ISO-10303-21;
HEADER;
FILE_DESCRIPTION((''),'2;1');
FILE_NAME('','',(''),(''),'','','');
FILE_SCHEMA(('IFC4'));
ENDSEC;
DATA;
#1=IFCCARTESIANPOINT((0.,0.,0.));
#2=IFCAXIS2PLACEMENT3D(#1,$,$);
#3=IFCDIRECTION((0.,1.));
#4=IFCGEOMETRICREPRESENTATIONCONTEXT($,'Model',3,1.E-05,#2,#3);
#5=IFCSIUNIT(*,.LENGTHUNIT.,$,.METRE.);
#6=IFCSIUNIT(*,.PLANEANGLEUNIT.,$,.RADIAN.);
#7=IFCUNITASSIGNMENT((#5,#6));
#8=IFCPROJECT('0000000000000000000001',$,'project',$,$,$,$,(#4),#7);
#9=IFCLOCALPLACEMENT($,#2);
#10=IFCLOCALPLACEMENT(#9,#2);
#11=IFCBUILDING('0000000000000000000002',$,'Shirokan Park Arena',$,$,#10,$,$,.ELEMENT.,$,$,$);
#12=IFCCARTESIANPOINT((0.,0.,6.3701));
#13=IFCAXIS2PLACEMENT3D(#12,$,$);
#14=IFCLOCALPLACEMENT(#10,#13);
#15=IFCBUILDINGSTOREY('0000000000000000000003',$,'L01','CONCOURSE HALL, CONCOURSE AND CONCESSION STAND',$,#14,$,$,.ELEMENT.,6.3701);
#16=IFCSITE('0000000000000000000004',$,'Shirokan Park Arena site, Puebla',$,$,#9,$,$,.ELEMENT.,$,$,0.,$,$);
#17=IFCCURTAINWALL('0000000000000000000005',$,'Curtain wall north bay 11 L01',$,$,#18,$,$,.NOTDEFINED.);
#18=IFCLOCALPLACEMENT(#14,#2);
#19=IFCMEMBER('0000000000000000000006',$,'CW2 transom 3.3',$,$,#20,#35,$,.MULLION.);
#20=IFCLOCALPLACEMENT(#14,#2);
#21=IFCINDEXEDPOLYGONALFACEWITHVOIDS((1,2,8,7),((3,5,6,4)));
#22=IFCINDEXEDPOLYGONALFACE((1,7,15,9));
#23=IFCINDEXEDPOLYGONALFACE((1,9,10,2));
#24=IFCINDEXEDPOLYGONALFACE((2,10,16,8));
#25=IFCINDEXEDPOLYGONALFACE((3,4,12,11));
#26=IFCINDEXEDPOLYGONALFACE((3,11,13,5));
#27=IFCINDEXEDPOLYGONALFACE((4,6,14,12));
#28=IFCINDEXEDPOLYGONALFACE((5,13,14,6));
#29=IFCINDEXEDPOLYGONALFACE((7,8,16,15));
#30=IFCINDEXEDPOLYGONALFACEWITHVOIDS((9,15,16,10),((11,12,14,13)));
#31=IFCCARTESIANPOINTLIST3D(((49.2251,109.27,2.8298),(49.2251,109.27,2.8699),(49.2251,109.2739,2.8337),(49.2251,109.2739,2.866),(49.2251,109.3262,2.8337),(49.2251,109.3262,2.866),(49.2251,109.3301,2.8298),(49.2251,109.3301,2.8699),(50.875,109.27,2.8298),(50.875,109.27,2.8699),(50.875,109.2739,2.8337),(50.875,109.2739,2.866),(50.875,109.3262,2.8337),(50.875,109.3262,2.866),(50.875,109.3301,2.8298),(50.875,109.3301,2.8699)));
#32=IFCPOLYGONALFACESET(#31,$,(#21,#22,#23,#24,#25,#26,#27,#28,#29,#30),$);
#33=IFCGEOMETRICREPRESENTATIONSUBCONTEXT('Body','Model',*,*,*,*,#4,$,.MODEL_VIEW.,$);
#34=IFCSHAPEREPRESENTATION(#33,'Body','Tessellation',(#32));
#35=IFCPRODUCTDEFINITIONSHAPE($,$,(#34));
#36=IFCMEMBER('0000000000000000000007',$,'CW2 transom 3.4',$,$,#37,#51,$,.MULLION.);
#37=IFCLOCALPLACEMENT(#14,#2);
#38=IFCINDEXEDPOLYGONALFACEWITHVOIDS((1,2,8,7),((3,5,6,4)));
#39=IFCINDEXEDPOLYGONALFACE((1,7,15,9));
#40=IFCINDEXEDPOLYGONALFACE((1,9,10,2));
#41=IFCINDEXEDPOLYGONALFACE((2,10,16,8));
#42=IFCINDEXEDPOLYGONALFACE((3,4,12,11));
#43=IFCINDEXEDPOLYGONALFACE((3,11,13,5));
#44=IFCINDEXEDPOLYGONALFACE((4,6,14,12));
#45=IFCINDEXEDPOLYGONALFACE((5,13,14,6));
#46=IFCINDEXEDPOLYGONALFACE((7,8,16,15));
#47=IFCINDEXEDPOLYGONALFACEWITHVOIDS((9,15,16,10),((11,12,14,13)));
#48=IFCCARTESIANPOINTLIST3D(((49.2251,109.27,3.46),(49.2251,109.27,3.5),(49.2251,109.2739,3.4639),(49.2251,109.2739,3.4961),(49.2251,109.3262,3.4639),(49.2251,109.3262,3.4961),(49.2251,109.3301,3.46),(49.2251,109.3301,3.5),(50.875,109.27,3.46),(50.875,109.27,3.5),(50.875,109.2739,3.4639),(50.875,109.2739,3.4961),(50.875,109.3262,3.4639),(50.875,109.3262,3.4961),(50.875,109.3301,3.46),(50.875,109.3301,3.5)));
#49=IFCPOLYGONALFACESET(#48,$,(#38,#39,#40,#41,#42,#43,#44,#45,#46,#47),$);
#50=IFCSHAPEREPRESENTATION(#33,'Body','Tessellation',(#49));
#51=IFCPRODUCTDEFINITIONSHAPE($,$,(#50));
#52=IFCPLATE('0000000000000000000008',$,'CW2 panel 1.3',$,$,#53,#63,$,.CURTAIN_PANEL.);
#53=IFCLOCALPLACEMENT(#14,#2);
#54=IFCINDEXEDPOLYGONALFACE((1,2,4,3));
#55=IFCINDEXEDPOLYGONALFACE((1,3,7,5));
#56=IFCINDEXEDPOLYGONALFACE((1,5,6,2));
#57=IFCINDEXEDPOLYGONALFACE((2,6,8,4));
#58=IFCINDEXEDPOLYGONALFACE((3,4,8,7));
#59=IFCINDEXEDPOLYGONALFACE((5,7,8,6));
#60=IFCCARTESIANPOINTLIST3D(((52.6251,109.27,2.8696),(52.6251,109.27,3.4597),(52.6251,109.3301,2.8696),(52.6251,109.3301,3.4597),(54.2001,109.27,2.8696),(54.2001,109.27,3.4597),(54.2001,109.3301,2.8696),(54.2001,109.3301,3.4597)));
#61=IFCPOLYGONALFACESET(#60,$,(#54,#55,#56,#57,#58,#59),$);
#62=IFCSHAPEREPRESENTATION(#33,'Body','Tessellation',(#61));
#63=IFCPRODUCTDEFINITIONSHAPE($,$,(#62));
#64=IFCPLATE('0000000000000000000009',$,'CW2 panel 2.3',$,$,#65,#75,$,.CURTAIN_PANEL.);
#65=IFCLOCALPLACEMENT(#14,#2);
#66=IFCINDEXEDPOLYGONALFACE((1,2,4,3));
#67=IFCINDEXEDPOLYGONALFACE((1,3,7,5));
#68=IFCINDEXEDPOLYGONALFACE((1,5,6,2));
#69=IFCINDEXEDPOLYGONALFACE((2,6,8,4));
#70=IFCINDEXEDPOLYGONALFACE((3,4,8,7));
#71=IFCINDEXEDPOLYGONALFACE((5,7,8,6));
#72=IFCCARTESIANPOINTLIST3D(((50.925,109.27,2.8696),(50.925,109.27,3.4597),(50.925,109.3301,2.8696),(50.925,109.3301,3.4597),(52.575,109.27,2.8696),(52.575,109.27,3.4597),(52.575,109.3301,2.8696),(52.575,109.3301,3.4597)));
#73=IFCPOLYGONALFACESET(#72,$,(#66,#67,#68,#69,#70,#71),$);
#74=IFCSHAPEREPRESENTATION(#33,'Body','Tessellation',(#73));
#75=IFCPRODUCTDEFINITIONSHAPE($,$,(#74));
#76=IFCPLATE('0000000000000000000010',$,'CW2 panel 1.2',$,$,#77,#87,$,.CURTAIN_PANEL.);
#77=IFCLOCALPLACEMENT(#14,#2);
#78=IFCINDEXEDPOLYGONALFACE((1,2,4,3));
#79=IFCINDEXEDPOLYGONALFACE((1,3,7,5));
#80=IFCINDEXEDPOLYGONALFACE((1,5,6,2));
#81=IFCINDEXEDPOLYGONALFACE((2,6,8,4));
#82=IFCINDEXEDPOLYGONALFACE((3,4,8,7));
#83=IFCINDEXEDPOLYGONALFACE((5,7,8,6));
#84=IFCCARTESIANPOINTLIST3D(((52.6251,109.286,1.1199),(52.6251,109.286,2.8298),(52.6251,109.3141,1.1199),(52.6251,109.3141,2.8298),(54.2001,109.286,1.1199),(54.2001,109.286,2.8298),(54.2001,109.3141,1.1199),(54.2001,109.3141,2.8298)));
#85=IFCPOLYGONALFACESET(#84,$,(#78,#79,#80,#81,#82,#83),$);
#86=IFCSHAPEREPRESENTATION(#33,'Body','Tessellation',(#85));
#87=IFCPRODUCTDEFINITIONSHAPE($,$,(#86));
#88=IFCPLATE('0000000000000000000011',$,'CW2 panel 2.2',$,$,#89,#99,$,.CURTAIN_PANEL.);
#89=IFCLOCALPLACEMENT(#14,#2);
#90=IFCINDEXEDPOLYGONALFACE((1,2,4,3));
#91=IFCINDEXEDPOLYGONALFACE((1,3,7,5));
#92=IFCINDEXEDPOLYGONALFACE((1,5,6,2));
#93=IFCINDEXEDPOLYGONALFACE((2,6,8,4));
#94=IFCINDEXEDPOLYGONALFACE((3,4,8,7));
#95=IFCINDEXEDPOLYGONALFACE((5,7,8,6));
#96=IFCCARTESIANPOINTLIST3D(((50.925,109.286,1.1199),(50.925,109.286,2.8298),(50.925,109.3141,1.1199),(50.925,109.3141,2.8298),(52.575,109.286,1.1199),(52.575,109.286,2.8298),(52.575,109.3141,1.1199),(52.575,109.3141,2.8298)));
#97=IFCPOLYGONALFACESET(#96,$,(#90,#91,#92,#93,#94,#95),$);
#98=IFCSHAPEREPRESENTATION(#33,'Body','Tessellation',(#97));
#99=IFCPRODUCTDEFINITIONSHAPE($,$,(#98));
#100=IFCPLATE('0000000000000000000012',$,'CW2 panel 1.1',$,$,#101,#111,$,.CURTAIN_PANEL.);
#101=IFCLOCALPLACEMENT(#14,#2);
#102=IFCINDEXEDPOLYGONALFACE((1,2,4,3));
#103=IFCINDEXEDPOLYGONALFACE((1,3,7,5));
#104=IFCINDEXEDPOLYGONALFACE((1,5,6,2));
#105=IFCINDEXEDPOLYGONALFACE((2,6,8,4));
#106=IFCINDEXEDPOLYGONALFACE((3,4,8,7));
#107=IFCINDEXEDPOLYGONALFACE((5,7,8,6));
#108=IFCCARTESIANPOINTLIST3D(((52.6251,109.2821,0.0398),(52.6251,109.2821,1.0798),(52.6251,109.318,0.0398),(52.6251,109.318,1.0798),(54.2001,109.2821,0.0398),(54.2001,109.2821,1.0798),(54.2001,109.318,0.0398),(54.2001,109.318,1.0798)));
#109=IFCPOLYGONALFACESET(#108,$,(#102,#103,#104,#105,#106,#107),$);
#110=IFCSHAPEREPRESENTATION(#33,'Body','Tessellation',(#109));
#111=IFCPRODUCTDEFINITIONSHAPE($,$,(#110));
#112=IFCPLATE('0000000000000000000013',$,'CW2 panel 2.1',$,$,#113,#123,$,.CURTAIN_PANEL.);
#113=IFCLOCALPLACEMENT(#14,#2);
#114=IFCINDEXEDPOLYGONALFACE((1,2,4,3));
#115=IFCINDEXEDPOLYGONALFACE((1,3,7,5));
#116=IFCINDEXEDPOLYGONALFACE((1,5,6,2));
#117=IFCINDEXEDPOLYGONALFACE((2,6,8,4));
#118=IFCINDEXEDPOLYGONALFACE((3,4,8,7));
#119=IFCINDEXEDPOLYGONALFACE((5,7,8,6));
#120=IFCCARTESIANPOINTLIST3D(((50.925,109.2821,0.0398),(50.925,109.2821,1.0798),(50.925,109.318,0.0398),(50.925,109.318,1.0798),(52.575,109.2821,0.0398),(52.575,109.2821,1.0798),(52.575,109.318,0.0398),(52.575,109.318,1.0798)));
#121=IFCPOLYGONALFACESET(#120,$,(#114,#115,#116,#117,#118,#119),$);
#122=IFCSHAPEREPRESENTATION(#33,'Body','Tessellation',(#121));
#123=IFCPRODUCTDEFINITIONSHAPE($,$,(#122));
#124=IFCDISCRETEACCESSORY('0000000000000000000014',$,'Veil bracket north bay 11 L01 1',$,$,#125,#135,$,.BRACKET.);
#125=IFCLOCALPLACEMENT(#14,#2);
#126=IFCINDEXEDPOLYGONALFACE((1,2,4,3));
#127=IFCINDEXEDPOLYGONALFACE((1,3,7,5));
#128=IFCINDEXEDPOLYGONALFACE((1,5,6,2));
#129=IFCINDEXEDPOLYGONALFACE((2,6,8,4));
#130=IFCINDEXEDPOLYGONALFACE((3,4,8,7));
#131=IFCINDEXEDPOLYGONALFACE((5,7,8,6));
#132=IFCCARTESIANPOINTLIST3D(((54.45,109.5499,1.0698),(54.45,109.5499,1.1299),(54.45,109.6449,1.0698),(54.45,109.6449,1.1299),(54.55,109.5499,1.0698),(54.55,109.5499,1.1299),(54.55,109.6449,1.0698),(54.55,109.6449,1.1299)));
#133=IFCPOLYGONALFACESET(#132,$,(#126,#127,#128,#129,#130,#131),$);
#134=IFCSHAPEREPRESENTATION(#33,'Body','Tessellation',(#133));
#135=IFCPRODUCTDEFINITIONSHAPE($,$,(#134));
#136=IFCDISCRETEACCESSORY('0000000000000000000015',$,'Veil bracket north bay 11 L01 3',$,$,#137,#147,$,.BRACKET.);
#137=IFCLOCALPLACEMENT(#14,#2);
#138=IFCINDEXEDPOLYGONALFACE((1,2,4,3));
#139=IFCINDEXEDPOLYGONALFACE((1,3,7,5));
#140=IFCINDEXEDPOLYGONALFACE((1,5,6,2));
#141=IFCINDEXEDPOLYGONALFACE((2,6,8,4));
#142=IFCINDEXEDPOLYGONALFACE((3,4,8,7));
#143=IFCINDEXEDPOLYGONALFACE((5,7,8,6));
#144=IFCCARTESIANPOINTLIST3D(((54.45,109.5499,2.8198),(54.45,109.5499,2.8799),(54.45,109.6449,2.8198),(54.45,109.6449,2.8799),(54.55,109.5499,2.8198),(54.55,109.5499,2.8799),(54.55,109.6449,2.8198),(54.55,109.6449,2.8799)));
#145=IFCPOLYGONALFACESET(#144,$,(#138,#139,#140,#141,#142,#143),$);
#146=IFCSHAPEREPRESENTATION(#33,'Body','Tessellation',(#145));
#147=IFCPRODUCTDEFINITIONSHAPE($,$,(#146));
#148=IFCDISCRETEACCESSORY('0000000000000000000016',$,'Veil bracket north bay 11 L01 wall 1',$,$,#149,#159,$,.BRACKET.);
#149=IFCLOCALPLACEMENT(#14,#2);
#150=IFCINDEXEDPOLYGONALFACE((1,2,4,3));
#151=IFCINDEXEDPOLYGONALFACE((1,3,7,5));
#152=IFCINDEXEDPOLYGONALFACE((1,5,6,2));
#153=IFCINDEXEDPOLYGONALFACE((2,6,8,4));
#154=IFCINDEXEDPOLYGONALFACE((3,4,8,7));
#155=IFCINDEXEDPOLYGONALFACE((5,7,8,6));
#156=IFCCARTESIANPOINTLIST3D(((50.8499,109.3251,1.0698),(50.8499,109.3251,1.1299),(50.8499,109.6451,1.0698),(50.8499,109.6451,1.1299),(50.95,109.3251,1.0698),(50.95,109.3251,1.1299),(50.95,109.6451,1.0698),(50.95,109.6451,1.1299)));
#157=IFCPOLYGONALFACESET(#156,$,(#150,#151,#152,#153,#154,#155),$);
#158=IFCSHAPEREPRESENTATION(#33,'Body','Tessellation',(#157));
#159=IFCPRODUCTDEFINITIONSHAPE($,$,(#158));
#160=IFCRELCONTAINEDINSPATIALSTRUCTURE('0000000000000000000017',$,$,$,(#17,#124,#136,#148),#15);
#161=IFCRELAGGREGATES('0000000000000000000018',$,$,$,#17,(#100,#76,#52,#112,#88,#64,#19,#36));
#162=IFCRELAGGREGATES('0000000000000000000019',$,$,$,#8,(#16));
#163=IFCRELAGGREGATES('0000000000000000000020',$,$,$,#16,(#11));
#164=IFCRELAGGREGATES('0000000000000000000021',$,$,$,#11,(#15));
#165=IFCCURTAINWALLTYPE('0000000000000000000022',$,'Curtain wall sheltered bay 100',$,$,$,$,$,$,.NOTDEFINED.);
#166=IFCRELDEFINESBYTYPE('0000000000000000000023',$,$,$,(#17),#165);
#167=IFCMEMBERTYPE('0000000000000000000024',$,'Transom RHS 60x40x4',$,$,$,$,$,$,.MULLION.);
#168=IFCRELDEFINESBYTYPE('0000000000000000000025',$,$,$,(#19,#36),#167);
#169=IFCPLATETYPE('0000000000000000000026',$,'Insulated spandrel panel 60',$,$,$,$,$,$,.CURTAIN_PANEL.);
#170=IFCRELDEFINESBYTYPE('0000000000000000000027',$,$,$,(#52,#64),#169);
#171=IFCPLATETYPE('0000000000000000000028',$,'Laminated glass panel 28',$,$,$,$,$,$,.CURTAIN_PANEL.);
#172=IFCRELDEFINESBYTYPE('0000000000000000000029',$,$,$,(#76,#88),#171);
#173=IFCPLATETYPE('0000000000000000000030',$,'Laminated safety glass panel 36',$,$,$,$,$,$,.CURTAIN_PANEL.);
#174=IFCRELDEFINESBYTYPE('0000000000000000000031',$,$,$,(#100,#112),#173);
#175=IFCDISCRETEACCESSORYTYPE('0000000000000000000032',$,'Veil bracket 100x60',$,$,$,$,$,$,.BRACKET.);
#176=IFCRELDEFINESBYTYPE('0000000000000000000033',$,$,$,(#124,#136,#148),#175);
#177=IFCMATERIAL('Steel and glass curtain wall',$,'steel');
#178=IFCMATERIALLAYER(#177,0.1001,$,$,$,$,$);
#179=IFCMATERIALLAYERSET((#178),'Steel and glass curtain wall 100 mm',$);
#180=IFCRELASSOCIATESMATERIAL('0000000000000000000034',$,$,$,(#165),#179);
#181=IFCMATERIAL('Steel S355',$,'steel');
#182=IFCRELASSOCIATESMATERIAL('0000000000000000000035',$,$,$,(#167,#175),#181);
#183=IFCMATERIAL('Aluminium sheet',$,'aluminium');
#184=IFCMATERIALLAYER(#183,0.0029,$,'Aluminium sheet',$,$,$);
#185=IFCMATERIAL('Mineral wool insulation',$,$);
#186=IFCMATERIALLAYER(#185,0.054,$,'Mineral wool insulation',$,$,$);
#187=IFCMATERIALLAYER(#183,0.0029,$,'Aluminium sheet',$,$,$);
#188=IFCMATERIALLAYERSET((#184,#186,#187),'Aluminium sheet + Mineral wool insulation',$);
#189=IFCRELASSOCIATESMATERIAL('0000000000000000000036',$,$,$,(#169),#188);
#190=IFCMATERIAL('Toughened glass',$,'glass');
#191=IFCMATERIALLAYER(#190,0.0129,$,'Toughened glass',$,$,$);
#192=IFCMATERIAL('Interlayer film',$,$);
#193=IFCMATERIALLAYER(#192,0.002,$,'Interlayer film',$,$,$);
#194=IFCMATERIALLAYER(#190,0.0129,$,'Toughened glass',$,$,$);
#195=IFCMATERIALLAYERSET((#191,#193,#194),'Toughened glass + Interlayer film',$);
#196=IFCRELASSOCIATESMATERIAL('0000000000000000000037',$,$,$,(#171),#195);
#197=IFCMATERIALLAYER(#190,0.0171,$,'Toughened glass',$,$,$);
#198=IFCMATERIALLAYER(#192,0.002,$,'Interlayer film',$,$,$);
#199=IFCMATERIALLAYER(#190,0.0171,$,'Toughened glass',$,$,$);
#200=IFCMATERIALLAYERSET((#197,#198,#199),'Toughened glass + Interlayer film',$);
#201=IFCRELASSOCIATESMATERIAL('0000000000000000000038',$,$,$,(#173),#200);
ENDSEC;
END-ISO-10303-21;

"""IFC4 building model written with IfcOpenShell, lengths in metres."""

from ifc_helpers import new_model, si_unit, direction, frame, origin, origin_2d, place, context, subcontext, project, spatial, rectangle, hollow_rectangle, extrude, material, layer, layer_set, material_profile, profile_set, type_object, element, aggregate, save


model = new_model("IFC4")

# Units and contexts
model_context = context("Model", 3, precision=1e-05, world=origin(), true_north=direction((0.0, 1.0)))
body_context = subcontext(model_context, "Body", "Model", "MODEL_VIEW")
ifc_project = project(units=[si_unit("LENGTHUNIT", "METRE"), si_unit("PLANEANGLEUNIT", "RADIAN")], contexts=[model_context])

# Site, building, storey
site_placement = place(None, origin())
site = spatial("IfcSite", under=ifc_project, at=site_placement, Name="Shirokan Park Arena site, Puebla", CompositionType="ELEMENT", RefElevation=0.0)
building_placement = place(site_placement, origin())
building = spatial("IfcBuilding", under=site, at=building_placement, Name="Shirokan Park Arena", CompositionType="ELEMENT")
storey_placement = place(building_placement, frame((0.0, 0.0, 6.3701)))
storey = spatial("IfcBuildingStorey", under=building, at=storey_placement, Name="L01", Description="CONCOURSE HALL, CONCOURSE AND CONCESSION STAND", CompositionType="ELEMENT", Elevation=6.3701)

# Curtain wall, members, plates
ifc_material_1 = material(Name="Steel and glass curtain wall", Category="steel")
ifc_layer_1 = layer(ifc_material_1, 0.1001)
ifc_layer_set_1 = layer_set([ifc_layer_1], Name="Steel and glass curtain wall 100 mm")
curtain_wall_type = type_object("IfcCurtainWallType", Name="Curtain wall sheltered bay 100", PredefinedType="NOTDEFINED", material=ifc_layer_set_1)
curtain_wall_placement = place(storey_placement, origin())
curtain_wall = element("IfcCurtainWall", 1, at=curtain_wall_placement, inside=storey, type_object=curtain_wall_type, Name="Curtain wall north bay 11 L01", PredefinedType="NOTDEFINED")
ifc_material_2 = material(Name="Steel S355", Category="steel")
ifc_material_profile_1 = material_profile(ifc_material_2, hollow_rectangle(XDim=0.0601, YDim=0.04, WallThickness=0.0039, at=origin_2d()), Name="RHS 60x40x4")
ifc_profile_set_1 = profile_set([ifc_material_profile_1], Name="Steel S355")
member_type_1 = type_object("IfcMemberType", Name="Transom RHS 60x40x4", PredefinedType="MULLION", material=ifc_profile_set_1)
member_1_placement = place(storey_placement, frame((50.875, 109.3, 2.8499), z_axis=(-1.0, 0.0, 0.0), x_axis=(0.0, -1.0, 0.0)))
member_1 = element("IfcMember", 2, at=member_1_placement, type_object=member_type_1, Name="CW2 transom 3.3", PredefinedType="MULLION", context=body_context, shape_type="SweptSolid", body=[
    extrude(hollow_rectangle(XDim=0.0601, YDim=0.04, WallThickness=0.0039, at=origin_2d()), origin(), (0.0, 0.0, 1.0), 1.6499),
])
member_2_placement = place(storey_placement, frame((50.875, 109.3, 3.48), z_axis=(-1.0, 0.0, 0.0), x_axis=(0.0, -1.0, 0.0)))
member_2 = element("IfcMember", 3, at=member_2_placement, type_object=member_type_1, Name="CW2 transom 3.4", PredefinedType="MULLION", context=body_context, shape_type="SweptSolid", body=[
    extrude(hollow_rectangle(XDim=0.0601, YDim=0.04, WallThickness=0.0039, at=origin_2d()), origin(), (0.0, 0.0, 1.0), 1.6499),
])
ifc_material_3 = material(Name="Aluminium sheet", Category="aluminium")
ifc_layer_2 = layer(ifc_material_3, 0.0029, Name="Aluminium sheet")
ifc_material_4 = material(Name="Mineral wool insulation")
ifc_layer_3 = layer(ifc_material_4, 0.054, Name="Mineral wool insulation")
ifc_layer_4 = layer(ifc_material_3, 0.0029, Name="Aluminium sheet")
ifc_layer_set_2 = layer_set([ifc_layer_2, ifc_layer_3, ifc_layer_4], Name="Aluminium sheet + Mineral wool insulation")
plate_type_1 = type_object("IfcPlateType", Name="Insulated spandrel panel 60", PredefinedType="CURTAIN_PANEL", material=ifc_layer_set_2)
plate_1_placement = place(storey_placement, frame((53.4126, 109.3, 2.8696), z_axis=(0.0, 0.0, 1.0), x_axis=(-1.0, 0.0, 0.0)))
plate_1 = element("IfcPlate", 4, at=plate_1_placement, type_object=plate_type_1, Name="CW2 panel 1.3", PredefinedType="CURTAIN_PANEL", context=body_context, shape_type="SweptSolid", body=[
    extrude(rectangle(XDim=1.575, YDim=0.0601, at=origin_2d()), origin(), (0.0, 0.0, 1.0), 0.5901),
])
plate_2_placement = place(storey_placement, frame((51.75, 109.3, 2.8696), z_axis=(0.0, 0.0, 1.0), x_axis=(-1.0, 0.0, 0.0)))
plate_2 = element("IfcPlate", 5, at=plate_2_placement, type_object=plate_type_1, Name="CW2 panel 2.3", PredefinedType="CURTAIN_PANEL", context=body_context, shape_type="SweptSolid", body=[
    extrude(rectangle(XDim=1.6499, YDim=0.0601, at=origin_2d()), origin(), (0.0, 0.0, 1.0), 0.5901),
])
ifc_material_5 = material(Name="Toughened glass", Category="glass")
ifc_layer_5 = layer(ifc_material_5, 0.0129, Name="Toughened glass")
ifc_material_6 = material(Name="Interlayer film")
ifc_layer_6 = layer(ifc_material_6, 0.002, Name="Interlayer film")
ifc_layer_7 = layer(ifc_material_5, 0.0129, Name="Toughened glass")
ifc_layer_set_3 = layer_set([ifc_layer_5, ifc_layer_6, ifc_layer_7], Name="Toughened glass + Interlayer film")
plate_type_2 = type_object("IfcPlateType", Name="Laminated glass panel 28", PredefinedType="CURTAIN_PANEL", material=ifc_layer_set_3)
plate_3_placement = place(storey_placement, frame((53.4126, 109.3, 1.1199), z_axis=(0.0, 0.0, 1.0), x_axis=(-1.0, 0.0, 0.0)))
plate_3 = element("IfcPlate", 6, at=plate_3_placement, type_object=plate_type_2, Name="CW2 panel 1.2", PredefinedType="CURTAIN_PANEL", context=body_context, shape_type="SweptSolid", body=[
    extrude(rectangle(XDim=1.575, YDim=0.0281, at=origin_2d()), origin(), (0.0, 0.0, 1.0), 1.71),
])
plate_4_placement = place(storey_placement, frame((51.75, 109.3, 1.1199), z_axis=(0.0, 0.0, 1.0), x_axis=(-1.0, 0.0, 0.0)))
plate_4 = element("IfcPlate", 7, at=plate_4_placement, type_object=plate_type_2, Name="CW2 panel 2.2", PredefinedType="CURTAIN_PANEL", context=body_context, shape_type="SweptSolid", body=[
    extrude(rectangle(XDim=1.6499, YDim=0.0281, at=origin_2d()), origin(), (0.0, 0.0, 1.0), 1.71),
])
ifc_layer_8 = layer(ifc_material_5, 0.0171, Name="Toughened glass")
ifc_layer_9 = layer(ifc_material_6, 0.002, Name="Interlayer film")
ifc_layer_10 = layer(ifc_material_5, 0.0171, Name="Toughened glass")
ifc_layer_set_4 = layer_set([ifc_layer_8, ifc_layer_9, ifc_layer_10], Name="Toughened glass + Interlayer film")
plate_type_3 = type_object("IfcPlateType", Name="Laminated safety glass panel 36", PredefinedType="CURTAIN_PANEL", material=ifc_layer_set_4)
plate_5_placement = place(storey_placement, frame((53.4126, 109.3, 0.0398), z_axis=(0.0, 0.0, 1.0), x_axis=(-1.0, 0.0, 0.0)))
plate_5 = element("IfcPlate", 8, at=plate_5_placement, type_object=plate_type_3, Name="CW2 panel 1.1", PredefinedType="CURTAIN_PANEL", context=body_context, shape_type="SweptSolid", body=[
    extrude(rectangle(XDim=1.575, YDim=0.0359, at=origin_2d()), origin(), (0.0, 0.0, 1.0), 1.04),
])
plate_6_placement = place(storey_placement, frame((51.75, 109.3, 0.0398), z_axis=(0.0, 0.0, 1.0), x_axis=(-1.0, 0.0, 0.0)))
plate_6 = element("IfcPlate", 9, at=plate_6_placement, type_object=plate_type_3, Name="CW2 panel 2.1", PredefinedType="CURTAIN_PANEL", context=body_context, shape_type="SweptSolid", body=[
    extrude(rectangle(XDim=1.6499, YDim=0.0359, at=origin_2d()), origin(), (0.0, 0.0, 1.0), 1.04),
])
aggregate(curtain_wall, [plate_5, plate_3, plate_1, plate_6, plate_4, plate_2, member_1, member_2])

# Discrete accessories
discrete_accessory_type = type_object("IfcDiscreteAccessoryType", Name="Veil bracket 100x60", PredefinedType="BRACKET", material=ifc_material_2)
for number, where, z_axis, x_axis, name in (
    (10, (54.5, 109.5974, 1.0698), (0.0, 0.0, 1.0), (-1.0, 0.0, 0.0), "Veil bracket north bay 11 L01 1"),
    (11, (54.5, 109.5974, 2.8198), (0.0, 0.0, 1.0), (-1.0, 0.0, 0.0), "Veil bracket north bay 11 L01 3"),
):
    element("IfcDiscreteAccessory", number, at=place(storey_placement, frame(where, z_axis=z_axis, x_axis=x_axis)), inside=storey, type_object=discrete_accessory_type, Name=name, PredefinedType="BRACKET", context=body_context, shape_type="SweptSolid", body=[
        extrude(rectangle(XDim=0.1001, YDim=0.095, at=origin_2d()), origin(), (0.0, 0.0, 1.0), 0.0601),
    ])
discrete_accessory_placement = place(storey_placement, frame((50.8999, 109.4851, 1.0698), z_axis=(0.0, 0.0, 1.0), x_axis=(-1.0, 0.0, 0.0)))
element("IfcDiscreteAccessory", 12, at=discrete_accessory_placement, inside=storey, type_object=discrete_accessory_type, Name="Veil bracket north bay 11 L01 wall 1", PredefinedType="BRACKET", context=body_context, shape_type="SweptSolid", body=[
    extrude(rectangle(XDim=0.1001, YDim=0.3201, at=origin_2d()), origin(), (0.0, 0.0, 1.0), 0.0601),
])

save(model, "model.ifc")
